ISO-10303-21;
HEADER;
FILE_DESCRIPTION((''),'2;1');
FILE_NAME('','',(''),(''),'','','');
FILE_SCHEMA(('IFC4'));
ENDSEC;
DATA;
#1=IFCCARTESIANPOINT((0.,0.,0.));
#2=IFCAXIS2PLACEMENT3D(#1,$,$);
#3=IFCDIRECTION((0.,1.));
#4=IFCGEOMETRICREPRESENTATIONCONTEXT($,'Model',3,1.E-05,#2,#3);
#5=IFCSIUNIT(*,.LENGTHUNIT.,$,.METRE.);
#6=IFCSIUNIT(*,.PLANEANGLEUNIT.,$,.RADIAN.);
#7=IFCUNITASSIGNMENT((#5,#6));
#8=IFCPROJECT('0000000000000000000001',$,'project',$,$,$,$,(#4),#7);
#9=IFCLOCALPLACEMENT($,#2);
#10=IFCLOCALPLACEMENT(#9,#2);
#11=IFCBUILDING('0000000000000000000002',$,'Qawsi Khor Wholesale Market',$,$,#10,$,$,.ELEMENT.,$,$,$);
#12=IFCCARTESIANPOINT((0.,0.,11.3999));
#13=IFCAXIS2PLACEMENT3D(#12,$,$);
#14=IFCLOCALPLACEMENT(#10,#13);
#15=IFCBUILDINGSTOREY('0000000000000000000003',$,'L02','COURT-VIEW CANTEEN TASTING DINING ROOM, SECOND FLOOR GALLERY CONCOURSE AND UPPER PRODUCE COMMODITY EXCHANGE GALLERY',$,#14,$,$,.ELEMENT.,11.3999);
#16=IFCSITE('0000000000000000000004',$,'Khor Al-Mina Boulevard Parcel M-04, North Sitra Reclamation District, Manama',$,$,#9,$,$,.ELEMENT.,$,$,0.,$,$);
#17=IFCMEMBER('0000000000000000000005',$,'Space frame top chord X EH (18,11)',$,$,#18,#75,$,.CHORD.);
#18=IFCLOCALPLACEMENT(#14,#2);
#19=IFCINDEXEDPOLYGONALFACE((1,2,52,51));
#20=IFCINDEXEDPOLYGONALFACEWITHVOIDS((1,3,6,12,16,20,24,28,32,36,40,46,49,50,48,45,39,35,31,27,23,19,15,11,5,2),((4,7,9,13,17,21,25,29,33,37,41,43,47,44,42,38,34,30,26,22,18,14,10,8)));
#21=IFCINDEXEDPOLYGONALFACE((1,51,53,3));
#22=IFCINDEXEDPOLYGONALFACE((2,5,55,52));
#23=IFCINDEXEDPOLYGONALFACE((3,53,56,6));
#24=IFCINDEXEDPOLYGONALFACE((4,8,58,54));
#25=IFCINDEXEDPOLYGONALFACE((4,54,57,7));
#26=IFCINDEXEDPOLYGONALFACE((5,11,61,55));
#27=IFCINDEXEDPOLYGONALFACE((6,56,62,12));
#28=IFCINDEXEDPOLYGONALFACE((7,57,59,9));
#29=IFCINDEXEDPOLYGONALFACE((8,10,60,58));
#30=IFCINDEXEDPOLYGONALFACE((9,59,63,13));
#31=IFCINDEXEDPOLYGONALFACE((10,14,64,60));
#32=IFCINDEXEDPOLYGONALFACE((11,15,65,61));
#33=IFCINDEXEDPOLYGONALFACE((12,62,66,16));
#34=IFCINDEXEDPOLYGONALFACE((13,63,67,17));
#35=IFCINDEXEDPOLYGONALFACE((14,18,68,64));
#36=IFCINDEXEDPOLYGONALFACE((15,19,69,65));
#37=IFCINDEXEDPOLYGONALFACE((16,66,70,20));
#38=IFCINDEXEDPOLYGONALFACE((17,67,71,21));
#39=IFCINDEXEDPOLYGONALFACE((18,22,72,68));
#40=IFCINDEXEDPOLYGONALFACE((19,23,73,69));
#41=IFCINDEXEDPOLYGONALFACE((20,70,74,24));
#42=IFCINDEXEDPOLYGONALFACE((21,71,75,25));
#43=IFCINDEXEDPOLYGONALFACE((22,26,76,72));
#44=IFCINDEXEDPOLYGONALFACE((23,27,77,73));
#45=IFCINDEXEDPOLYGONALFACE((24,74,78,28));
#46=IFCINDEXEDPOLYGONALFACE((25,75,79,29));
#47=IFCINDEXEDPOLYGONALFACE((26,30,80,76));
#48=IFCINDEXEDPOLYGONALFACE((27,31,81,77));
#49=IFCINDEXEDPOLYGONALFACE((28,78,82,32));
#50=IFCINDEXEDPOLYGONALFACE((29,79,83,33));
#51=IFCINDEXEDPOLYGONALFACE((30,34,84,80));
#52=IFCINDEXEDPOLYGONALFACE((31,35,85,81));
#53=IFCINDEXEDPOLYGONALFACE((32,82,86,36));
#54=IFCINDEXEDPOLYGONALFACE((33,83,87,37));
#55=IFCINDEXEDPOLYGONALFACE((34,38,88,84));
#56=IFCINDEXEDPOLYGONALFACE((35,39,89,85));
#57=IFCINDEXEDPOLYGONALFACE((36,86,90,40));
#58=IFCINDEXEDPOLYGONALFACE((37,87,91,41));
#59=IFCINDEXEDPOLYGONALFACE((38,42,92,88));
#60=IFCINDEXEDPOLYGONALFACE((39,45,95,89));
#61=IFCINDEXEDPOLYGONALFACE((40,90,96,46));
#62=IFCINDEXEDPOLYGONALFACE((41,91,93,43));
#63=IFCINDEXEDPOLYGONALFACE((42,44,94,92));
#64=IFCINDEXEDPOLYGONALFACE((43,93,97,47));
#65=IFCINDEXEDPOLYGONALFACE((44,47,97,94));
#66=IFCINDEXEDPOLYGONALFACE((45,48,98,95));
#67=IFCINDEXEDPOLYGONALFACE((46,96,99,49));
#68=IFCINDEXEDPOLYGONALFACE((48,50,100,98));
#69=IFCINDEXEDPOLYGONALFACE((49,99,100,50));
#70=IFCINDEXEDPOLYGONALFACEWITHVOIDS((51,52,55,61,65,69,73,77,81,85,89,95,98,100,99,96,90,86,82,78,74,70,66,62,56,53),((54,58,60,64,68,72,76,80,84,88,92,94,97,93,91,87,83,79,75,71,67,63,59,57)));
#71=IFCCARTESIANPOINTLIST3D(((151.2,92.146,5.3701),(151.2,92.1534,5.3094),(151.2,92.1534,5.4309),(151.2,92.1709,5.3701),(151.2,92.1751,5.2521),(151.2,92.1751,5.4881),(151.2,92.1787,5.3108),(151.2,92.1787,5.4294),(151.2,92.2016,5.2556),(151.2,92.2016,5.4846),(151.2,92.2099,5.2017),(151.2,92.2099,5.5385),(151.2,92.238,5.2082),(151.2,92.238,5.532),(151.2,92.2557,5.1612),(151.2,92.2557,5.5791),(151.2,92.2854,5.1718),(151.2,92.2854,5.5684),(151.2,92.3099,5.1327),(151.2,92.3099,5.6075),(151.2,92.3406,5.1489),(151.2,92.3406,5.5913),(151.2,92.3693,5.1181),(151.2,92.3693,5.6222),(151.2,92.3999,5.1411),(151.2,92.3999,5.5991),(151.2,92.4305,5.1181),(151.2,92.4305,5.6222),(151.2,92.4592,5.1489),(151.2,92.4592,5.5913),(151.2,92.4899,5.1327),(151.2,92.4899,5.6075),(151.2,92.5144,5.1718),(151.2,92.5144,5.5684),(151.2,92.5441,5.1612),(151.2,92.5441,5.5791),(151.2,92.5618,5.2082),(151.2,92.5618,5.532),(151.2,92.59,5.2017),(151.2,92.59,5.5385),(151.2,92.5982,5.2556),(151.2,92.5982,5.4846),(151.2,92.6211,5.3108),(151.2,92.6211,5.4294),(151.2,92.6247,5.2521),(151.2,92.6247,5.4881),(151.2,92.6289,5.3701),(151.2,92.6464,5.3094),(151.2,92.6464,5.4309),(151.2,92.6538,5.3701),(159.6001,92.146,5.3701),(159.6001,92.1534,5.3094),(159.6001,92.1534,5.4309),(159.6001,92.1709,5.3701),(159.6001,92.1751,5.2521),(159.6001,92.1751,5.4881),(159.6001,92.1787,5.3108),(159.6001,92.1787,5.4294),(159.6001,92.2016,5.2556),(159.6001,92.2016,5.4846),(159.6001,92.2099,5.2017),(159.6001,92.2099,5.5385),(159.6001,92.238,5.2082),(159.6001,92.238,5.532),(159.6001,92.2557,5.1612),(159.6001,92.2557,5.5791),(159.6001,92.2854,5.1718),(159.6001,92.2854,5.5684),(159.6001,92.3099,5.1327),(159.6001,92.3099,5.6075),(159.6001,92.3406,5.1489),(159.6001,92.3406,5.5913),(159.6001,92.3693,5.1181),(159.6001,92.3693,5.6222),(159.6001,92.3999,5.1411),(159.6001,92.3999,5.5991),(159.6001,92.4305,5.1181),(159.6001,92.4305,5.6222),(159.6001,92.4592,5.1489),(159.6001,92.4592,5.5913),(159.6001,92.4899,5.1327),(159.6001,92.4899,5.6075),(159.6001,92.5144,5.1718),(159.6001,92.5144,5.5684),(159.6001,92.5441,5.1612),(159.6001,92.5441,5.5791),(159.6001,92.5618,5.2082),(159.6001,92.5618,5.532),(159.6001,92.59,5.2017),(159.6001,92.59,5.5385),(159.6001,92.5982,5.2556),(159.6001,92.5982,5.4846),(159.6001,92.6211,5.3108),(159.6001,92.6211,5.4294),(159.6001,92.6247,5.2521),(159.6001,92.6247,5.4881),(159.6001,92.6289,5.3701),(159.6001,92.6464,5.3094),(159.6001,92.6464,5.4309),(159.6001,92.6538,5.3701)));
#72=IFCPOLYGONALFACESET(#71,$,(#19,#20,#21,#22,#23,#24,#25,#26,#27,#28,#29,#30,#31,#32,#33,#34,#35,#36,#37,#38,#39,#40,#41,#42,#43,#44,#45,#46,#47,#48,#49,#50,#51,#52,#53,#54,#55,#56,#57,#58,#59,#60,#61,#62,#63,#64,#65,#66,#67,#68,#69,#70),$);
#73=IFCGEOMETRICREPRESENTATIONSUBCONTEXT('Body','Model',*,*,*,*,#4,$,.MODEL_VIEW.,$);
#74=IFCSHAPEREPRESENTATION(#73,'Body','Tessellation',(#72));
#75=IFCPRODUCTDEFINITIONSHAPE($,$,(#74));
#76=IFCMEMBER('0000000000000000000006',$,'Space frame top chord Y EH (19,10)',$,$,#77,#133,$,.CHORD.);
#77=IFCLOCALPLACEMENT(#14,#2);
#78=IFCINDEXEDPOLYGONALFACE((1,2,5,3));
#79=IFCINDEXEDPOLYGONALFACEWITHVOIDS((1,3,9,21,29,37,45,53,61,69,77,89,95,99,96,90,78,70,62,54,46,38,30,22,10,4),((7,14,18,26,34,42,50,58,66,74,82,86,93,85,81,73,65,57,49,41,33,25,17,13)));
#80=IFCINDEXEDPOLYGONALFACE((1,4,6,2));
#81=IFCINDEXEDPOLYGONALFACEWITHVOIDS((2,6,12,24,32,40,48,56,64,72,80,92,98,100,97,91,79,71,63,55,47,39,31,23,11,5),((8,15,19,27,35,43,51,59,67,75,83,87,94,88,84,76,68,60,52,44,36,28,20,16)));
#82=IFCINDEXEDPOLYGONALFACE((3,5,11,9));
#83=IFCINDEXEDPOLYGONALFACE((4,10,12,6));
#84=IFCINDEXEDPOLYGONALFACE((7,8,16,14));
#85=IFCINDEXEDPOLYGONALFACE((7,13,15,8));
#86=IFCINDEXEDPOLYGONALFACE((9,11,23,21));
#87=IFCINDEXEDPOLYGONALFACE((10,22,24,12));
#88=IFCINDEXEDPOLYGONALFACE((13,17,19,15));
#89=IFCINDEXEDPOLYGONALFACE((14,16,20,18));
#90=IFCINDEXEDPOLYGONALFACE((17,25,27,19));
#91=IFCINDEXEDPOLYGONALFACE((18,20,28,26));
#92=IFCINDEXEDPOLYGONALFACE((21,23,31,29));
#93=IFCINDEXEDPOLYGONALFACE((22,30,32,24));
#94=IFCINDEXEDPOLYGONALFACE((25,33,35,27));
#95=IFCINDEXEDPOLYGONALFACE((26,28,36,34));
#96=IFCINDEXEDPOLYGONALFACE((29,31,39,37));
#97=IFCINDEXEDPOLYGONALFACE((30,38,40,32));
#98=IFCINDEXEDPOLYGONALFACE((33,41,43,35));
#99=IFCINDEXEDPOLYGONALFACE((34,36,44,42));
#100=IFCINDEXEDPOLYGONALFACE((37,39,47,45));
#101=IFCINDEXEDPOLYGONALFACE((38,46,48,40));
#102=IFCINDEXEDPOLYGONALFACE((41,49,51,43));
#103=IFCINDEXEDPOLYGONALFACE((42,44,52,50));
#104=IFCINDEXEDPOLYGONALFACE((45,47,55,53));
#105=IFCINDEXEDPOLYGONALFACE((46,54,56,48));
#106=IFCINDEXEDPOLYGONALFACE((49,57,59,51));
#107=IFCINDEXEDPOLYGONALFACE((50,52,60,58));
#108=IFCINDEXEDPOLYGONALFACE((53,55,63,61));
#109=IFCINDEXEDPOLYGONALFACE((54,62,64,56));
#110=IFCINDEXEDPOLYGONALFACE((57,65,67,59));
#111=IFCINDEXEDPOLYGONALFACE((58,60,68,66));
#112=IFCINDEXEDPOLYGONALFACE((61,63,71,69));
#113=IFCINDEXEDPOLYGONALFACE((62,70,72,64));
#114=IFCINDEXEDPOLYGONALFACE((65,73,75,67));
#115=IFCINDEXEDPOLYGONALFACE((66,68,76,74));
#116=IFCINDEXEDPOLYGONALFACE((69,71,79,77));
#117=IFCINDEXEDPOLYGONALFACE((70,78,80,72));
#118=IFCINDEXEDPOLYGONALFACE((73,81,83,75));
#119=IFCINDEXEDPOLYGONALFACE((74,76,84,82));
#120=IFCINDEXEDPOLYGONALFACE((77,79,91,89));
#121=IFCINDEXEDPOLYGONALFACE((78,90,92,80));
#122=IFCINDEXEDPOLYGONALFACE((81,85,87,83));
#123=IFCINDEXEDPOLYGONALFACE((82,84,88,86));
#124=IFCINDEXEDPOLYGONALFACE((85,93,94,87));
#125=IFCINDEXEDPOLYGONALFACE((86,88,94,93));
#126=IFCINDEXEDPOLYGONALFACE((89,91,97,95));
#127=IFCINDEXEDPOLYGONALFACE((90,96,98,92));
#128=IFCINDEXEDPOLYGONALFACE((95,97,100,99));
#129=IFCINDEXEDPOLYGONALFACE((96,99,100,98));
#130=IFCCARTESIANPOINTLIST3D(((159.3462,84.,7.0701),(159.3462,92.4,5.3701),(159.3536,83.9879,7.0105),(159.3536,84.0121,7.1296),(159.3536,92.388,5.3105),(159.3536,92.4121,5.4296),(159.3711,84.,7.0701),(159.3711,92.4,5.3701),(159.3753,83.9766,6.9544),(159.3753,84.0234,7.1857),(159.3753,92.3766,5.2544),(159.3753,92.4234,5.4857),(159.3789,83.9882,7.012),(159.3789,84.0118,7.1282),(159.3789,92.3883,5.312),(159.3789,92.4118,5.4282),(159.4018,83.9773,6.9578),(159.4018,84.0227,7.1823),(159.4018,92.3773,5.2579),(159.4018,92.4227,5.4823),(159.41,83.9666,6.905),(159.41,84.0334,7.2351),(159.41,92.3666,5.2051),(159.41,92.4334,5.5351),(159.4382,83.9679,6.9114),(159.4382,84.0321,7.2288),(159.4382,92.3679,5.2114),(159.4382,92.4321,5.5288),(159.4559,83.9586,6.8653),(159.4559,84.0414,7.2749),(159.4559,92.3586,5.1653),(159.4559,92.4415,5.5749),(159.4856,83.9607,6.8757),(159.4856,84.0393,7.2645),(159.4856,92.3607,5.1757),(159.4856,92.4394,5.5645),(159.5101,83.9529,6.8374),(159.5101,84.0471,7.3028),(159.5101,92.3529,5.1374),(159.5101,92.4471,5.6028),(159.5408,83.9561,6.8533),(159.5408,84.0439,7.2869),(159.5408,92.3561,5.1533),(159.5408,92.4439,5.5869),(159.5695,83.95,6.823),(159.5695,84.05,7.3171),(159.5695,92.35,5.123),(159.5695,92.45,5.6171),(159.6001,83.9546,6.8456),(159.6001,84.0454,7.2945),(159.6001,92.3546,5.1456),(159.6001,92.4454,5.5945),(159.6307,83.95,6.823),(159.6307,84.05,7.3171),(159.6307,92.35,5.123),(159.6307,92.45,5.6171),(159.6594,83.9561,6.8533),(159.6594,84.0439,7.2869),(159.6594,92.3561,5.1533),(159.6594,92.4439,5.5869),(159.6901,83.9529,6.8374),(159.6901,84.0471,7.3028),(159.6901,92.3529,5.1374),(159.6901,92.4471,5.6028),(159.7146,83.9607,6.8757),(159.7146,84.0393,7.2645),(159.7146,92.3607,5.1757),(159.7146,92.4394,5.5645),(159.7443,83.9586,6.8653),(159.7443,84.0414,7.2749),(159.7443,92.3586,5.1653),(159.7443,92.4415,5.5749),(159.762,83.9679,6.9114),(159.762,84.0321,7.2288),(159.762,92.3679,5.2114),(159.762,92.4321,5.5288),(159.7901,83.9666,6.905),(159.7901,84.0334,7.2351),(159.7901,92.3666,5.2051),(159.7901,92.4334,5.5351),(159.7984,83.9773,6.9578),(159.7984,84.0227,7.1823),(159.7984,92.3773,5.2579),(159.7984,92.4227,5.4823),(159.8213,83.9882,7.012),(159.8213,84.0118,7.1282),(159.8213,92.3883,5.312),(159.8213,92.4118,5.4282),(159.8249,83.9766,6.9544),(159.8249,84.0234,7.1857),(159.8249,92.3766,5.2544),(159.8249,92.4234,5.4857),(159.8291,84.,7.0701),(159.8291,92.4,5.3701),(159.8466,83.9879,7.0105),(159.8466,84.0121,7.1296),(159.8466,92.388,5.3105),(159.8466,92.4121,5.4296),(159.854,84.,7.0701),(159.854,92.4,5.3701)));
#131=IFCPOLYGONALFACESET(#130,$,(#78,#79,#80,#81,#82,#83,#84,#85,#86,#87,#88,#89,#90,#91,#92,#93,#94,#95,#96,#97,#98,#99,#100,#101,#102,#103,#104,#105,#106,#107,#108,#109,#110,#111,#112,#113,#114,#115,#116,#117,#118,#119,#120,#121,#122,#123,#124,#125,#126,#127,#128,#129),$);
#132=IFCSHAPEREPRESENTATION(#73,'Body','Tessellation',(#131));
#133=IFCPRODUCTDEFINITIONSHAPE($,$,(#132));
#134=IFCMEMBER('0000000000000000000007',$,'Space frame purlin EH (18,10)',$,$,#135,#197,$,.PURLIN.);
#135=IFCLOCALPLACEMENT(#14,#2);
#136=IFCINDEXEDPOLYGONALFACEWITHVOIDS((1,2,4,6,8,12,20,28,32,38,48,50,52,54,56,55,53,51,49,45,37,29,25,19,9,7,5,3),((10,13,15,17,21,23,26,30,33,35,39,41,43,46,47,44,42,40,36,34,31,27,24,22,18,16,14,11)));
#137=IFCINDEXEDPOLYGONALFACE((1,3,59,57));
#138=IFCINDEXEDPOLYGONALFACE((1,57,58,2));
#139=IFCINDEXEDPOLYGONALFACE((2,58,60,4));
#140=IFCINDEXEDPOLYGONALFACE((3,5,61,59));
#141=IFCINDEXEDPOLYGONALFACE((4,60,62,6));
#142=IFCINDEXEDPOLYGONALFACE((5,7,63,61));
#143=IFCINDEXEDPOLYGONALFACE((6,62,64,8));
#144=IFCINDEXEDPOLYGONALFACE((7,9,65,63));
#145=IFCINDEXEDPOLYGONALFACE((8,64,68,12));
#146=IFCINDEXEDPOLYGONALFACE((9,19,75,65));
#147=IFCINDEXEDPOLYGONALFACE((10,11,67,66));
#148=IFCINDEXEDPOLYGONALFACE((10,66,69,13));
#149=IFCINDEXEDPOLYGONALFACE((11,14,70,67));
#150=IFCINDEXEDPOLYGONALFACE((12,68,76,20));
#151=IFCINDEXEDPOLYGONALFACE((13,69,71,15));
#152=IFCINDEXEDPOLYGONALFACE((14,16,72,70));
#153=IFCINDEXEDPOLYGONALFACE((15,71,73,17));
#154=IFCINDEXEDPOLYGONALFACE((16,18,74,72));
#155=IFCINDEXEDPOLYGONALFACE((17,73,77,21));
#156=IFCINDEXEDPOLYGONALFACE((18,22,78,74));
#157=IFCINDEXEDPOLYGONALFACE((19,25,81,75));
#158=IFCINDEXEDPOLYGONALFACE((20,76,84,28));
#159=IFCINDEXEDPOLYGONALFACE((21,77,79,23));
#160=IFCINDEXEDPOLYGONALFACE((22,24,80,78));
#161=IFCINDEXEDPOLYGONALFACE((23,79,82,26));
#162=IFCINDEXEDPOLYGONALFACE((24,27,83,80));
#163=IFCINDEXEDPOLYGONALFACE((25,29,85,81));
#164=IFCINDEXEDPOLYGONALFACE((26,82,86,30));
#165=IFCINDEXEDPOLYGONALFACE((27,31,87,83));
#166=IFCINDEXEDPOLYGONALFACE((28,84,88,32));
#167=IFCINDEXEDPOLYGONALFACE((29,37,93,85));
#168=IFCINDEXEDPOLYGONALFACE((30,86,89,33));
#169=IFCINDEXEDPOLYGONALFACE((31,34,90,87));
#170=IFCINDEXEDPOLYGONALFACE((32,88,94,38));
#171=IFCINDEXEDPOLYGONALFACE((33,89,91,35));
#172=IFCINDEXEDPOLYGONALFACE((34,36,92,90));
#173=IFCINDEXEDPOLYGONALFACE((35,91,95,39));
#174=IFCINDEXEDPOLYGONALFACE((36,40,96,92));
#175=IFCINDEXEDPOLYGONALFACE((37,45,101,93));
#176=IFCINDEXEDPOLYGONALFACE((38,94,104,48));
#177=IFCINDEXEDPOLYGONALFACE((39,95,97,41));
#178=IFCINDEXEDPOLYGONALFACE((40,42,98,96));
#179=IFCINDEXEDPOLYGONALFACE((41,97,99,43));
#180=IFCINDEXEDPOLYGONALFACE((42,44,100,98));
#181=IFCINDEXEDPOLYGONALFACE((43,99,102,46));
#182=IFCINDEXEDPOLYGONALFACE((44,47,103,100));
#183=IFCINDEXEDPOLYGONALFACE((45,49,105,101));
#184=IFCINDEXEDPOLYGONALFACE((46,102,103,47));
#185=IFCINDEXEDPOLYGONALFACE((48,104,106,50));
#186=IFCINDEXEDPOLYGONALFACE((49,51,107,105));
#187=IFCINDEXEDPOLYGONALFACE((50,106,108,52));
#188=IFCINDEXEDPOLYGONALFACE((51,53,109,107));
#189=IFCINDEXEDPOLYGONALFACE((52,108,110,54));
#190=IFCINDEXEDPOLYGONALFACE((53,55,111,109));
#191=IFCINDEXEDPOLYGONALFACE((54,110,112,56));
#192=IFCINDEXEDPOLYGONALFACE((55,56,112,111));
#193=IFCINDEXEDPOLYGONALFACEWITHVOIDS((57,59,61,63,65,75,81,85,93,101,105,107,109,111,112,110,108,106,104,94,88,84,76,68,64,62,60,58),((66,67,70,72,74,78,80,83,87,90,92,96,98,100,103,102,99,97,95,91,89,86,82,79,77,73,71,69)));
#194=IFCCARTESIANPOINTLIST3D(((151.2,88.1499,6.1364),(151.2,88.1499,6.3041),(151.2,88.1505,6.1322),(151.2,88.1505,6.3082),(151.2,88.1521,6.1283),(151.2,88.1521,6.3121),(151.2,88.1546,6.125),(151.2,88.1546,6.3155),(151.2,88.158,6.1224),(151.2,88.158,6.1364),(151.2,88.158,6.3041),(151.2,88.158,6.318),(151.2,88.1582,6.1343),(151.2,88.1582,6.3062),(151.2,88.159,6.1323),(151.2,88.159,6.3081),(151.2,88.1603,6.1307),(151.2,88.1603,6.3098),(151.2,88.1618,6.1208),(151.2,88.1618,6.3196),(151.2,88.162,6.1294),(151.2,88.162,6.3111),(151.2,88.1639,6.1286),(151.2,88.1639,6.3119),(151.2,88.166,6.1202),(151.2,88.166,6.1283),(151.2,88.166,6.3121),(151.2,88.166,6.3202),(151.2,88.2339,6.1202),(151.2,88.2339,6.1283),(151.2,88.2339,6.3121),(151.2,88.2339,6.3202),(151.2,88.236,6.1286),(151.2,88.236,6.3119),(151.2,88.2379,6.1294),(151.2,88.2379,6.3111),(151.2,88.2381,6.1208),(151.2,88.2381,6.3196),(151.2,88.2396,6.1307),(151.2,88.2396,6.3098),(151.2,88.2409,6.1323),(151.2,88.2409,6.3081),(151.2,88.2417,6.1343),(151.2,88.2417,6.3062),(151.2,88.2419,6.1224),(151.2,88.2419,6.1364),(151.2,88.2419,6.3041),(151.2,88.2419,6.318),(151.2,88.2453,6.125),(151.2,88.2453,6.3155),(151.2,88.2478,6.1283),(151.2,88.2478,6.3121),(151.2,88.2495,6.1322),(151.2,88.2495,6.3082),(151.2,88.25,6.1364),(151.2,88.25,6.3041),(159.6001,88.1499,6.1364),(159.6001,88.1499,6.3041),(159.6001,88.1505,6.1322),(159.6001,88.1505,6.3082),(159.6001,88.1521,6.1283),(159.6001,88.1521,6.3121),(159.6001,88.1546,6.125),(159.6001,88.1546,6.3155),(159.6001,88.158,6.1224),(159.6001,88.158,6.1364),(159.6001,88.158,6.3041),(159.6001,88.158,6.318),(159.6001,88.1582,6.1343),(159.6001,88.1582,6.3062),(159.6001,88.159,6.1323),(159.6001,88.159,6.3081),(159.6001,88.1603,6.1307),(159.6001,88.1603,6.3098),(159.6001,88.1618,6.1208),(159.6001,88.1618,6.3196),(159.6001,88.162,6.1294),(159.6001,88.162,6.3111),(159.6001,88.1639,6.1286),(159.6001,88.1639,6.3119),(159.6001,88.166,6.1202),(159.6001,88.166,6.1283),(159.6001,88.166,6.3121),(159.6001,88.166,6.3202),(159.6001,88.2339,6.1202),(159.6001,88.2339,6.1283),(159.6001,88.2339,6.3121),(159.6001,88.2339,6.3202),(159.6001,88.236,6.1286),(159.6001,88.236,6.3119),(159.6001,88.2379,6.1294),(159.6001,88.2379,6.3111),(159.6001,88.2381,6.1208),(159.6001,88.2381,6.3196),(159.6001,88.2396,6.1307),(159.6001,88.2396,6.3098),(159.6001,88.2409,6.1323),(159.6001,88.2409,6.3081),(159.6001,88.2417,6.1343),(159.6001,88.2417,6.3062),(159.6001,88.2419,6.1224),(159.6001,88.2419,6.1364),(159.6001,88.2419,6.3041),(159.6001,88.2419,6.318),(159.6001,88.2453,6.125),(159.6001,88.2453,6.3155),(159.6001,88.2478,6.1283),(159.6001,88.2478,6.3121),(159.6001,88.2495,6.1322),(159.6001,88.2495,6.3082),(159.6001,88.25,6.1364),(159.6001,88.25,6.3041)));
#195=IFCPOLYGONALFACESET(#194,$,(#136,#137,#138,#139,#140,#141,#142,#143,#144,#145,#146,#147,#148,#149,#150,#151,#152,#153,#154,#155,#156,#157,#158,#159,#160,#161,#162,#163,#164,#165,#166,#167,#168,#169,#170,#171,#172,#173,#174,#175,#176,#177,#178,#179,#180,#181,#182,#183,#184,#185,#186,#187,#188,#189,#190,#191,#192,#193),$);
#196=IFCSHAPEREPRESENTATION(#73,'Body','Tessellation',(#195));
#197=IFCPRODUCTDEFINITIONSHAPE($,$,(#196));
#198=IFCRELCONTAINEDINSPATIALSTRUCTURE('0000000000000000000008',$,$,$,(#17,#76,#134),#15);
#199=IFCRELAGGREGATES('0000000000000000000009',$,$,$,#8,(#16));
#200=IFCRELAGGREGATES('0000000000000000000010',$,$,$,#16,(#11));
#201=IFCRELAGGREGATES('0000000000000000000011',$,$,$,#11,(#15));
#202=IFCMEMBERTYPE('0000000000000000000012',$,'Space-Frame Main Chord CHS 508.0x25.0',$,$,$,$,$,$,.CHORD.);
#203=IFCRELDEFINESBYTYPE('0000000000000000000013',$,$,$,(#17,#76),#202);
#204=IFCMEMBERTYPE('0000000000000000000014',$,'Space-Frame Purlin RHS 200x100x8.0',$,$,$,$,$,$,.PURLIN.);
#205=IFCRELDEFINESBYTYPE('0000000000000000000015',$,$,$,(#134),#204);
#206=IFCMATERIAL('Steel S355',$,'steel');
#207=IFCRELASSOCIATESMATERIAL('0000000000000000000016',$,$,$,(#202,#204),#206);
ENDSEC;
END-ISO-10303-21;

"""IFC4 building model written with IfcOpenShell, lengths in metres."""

from ifc_helpers import new_model, si_unit, direction, frame, origin, origin_2d, place, context, subcontext, project, spatial, hollow_rectangle, hollow_circle, extrude, material, material_profile, profile_set, type_object, element, save


model = new_model("IFC4")

# Units and contexts
model_context = context("Model", 3, precision=1e-05, world=origin(), true_north=direction((0.0, 1.0)))
body_context = subcontext(model_context, "Body", "Model", "MODEL_VIEW")
ifc_project = project(units=[si_unit("LENGTHUNIT", "METRE"), si_unit("PLANEANGLEUNIT", "RADIAN")], contexts=[model_context])

# Site, building, storey
site_placement = place(None, origin())
site = spatial("IfcSite", under=ifc_project, at=site_placement, Name="Khor Al-Mina Boulevard Parcel M-04, North Sitra Reclamation District, Manama", CompositionType="ELEMENT", RefElevation=0.0)
building_placement = place(site_placement, origin())
building = spatial("IfcBuilding", under=site, at=building_placement, Name="Qawsi Khor Wholesale Market", CompositionType="ELEMENT")
storey_placement = place(building_placement, frame((0.0, 0.0, 11.3999)))
storey = spatial("IfcBuildingStorey", under=building, at=storey_placement, Name="L02", Description="COURT-VIEW CANTEEN TASTING DINING ROOM, SECOND FLOOR GALLERY CONCOURSE AND UPPER PRODUCE COMMODITY EXCHANGE GALLERY", CompositionType="ELEMENT", Elevation=11.3999)

# Members
ifc_material_1 = material(Name="Steel S355", Category="steel")
ifc_material_profile_1 = material_profile(ifc_material_1, hollow_circle(Radius=0.2539, WallThickness=0.0249, at=origin_2d()), Name="CHS 508.0x25.0")
ifc_profile_set_1 = profile_set([ifc_material_profile_1], Name="Steel S355")
member_type_1 = type_object("IfcMemberType", Name="Space-Frame Main Chord CHS 508.0x25.0", PredefinedType="CHORD", material=ifc_profile_set_1)
member_1_placement = place(storey_placement, frame((151.2, 92.3999, 5.3701), z_axis=(1.0, 0.0, 0.0), x_axis=(0.0, 1.0, 0.0)))
element("IfcMember", 1, at=member_1_placement, inside=storey, type_object=member_type_1, Name="Space frame top chord X EH (18,11)", PredefinedType="CHORD", context=body_context, shape_type="SweptSolid", body=[
    extrude(hollow_circle(Radius=0.2539, WallThickness=0.0249, at=origin_2d()), origin(), (0.0, 0.0, 1.0), 8.4001),
])
member_2_placement = place(storey_placement, frame((159.6001, 84.0, 7.0701), z_axis=(0.0, 0.98013, -0.198356), x_axis=(-1.0, 0.0, 0.0)))
element("IfcMember", 2, at=member_2_placement, inside=storey, type_object=member_type_1, Name="Space frame top chord Y EH (19,10)", PredefinedType="CHORD", context=body_context, shape_type="SweptSolid", body=[
    extrude(hollow_circle(Radius=0.2539, WallThickness=0.0249, at=origin_2d()), origin(), (0.0, 0.0, 1.0), 8.5703),
])
ifc_material_profile_2 = material_profile(ifc_material_1, hollow_rectangle(XDim=0.1001, YDim=0.2, WallThickness=0.0081, InnerFilletRadius=0.0081, OuterFilletRadius=0.0161, at=origin_2d()), Name="RHS 200x100x8.0")
ifc_profile_set_2 = profile_set([ifc_material_profile_2], Name="Steel S355")
member_type_2 = type_object("IfcMemberType", Name="Space-Frame Purlin RHS 200x100x8.0", PredefinedType="PURLIN", material=ifc_profile_set_2)
member_3_placement = place(storey_placement, frame((151.2, 88.2, 6.2202), z_axis=(1.0, 0.0, 0.0), x_axis=(0.0, 1.0, 0.0)))
element("IfcMember", 3, at=member_3_placement, inside=storey, type_object=member_type_2, Name="Space frame purlin EH (18,10)", PredefinedType="PURLIN", context=body_context, shape_type="SweptSolid", body=[
    extrude(hollow_rectangle(XDim=0.1001, YDim=0.2, WallThickness=0.0081, InnerFilletRadius=0.0081, OuterFilletRadius=0.0161, at=origin_2d()), origin(), (0.0, 0.0, 1.0), 8.4001),
])

save(model, "model.ifc")
